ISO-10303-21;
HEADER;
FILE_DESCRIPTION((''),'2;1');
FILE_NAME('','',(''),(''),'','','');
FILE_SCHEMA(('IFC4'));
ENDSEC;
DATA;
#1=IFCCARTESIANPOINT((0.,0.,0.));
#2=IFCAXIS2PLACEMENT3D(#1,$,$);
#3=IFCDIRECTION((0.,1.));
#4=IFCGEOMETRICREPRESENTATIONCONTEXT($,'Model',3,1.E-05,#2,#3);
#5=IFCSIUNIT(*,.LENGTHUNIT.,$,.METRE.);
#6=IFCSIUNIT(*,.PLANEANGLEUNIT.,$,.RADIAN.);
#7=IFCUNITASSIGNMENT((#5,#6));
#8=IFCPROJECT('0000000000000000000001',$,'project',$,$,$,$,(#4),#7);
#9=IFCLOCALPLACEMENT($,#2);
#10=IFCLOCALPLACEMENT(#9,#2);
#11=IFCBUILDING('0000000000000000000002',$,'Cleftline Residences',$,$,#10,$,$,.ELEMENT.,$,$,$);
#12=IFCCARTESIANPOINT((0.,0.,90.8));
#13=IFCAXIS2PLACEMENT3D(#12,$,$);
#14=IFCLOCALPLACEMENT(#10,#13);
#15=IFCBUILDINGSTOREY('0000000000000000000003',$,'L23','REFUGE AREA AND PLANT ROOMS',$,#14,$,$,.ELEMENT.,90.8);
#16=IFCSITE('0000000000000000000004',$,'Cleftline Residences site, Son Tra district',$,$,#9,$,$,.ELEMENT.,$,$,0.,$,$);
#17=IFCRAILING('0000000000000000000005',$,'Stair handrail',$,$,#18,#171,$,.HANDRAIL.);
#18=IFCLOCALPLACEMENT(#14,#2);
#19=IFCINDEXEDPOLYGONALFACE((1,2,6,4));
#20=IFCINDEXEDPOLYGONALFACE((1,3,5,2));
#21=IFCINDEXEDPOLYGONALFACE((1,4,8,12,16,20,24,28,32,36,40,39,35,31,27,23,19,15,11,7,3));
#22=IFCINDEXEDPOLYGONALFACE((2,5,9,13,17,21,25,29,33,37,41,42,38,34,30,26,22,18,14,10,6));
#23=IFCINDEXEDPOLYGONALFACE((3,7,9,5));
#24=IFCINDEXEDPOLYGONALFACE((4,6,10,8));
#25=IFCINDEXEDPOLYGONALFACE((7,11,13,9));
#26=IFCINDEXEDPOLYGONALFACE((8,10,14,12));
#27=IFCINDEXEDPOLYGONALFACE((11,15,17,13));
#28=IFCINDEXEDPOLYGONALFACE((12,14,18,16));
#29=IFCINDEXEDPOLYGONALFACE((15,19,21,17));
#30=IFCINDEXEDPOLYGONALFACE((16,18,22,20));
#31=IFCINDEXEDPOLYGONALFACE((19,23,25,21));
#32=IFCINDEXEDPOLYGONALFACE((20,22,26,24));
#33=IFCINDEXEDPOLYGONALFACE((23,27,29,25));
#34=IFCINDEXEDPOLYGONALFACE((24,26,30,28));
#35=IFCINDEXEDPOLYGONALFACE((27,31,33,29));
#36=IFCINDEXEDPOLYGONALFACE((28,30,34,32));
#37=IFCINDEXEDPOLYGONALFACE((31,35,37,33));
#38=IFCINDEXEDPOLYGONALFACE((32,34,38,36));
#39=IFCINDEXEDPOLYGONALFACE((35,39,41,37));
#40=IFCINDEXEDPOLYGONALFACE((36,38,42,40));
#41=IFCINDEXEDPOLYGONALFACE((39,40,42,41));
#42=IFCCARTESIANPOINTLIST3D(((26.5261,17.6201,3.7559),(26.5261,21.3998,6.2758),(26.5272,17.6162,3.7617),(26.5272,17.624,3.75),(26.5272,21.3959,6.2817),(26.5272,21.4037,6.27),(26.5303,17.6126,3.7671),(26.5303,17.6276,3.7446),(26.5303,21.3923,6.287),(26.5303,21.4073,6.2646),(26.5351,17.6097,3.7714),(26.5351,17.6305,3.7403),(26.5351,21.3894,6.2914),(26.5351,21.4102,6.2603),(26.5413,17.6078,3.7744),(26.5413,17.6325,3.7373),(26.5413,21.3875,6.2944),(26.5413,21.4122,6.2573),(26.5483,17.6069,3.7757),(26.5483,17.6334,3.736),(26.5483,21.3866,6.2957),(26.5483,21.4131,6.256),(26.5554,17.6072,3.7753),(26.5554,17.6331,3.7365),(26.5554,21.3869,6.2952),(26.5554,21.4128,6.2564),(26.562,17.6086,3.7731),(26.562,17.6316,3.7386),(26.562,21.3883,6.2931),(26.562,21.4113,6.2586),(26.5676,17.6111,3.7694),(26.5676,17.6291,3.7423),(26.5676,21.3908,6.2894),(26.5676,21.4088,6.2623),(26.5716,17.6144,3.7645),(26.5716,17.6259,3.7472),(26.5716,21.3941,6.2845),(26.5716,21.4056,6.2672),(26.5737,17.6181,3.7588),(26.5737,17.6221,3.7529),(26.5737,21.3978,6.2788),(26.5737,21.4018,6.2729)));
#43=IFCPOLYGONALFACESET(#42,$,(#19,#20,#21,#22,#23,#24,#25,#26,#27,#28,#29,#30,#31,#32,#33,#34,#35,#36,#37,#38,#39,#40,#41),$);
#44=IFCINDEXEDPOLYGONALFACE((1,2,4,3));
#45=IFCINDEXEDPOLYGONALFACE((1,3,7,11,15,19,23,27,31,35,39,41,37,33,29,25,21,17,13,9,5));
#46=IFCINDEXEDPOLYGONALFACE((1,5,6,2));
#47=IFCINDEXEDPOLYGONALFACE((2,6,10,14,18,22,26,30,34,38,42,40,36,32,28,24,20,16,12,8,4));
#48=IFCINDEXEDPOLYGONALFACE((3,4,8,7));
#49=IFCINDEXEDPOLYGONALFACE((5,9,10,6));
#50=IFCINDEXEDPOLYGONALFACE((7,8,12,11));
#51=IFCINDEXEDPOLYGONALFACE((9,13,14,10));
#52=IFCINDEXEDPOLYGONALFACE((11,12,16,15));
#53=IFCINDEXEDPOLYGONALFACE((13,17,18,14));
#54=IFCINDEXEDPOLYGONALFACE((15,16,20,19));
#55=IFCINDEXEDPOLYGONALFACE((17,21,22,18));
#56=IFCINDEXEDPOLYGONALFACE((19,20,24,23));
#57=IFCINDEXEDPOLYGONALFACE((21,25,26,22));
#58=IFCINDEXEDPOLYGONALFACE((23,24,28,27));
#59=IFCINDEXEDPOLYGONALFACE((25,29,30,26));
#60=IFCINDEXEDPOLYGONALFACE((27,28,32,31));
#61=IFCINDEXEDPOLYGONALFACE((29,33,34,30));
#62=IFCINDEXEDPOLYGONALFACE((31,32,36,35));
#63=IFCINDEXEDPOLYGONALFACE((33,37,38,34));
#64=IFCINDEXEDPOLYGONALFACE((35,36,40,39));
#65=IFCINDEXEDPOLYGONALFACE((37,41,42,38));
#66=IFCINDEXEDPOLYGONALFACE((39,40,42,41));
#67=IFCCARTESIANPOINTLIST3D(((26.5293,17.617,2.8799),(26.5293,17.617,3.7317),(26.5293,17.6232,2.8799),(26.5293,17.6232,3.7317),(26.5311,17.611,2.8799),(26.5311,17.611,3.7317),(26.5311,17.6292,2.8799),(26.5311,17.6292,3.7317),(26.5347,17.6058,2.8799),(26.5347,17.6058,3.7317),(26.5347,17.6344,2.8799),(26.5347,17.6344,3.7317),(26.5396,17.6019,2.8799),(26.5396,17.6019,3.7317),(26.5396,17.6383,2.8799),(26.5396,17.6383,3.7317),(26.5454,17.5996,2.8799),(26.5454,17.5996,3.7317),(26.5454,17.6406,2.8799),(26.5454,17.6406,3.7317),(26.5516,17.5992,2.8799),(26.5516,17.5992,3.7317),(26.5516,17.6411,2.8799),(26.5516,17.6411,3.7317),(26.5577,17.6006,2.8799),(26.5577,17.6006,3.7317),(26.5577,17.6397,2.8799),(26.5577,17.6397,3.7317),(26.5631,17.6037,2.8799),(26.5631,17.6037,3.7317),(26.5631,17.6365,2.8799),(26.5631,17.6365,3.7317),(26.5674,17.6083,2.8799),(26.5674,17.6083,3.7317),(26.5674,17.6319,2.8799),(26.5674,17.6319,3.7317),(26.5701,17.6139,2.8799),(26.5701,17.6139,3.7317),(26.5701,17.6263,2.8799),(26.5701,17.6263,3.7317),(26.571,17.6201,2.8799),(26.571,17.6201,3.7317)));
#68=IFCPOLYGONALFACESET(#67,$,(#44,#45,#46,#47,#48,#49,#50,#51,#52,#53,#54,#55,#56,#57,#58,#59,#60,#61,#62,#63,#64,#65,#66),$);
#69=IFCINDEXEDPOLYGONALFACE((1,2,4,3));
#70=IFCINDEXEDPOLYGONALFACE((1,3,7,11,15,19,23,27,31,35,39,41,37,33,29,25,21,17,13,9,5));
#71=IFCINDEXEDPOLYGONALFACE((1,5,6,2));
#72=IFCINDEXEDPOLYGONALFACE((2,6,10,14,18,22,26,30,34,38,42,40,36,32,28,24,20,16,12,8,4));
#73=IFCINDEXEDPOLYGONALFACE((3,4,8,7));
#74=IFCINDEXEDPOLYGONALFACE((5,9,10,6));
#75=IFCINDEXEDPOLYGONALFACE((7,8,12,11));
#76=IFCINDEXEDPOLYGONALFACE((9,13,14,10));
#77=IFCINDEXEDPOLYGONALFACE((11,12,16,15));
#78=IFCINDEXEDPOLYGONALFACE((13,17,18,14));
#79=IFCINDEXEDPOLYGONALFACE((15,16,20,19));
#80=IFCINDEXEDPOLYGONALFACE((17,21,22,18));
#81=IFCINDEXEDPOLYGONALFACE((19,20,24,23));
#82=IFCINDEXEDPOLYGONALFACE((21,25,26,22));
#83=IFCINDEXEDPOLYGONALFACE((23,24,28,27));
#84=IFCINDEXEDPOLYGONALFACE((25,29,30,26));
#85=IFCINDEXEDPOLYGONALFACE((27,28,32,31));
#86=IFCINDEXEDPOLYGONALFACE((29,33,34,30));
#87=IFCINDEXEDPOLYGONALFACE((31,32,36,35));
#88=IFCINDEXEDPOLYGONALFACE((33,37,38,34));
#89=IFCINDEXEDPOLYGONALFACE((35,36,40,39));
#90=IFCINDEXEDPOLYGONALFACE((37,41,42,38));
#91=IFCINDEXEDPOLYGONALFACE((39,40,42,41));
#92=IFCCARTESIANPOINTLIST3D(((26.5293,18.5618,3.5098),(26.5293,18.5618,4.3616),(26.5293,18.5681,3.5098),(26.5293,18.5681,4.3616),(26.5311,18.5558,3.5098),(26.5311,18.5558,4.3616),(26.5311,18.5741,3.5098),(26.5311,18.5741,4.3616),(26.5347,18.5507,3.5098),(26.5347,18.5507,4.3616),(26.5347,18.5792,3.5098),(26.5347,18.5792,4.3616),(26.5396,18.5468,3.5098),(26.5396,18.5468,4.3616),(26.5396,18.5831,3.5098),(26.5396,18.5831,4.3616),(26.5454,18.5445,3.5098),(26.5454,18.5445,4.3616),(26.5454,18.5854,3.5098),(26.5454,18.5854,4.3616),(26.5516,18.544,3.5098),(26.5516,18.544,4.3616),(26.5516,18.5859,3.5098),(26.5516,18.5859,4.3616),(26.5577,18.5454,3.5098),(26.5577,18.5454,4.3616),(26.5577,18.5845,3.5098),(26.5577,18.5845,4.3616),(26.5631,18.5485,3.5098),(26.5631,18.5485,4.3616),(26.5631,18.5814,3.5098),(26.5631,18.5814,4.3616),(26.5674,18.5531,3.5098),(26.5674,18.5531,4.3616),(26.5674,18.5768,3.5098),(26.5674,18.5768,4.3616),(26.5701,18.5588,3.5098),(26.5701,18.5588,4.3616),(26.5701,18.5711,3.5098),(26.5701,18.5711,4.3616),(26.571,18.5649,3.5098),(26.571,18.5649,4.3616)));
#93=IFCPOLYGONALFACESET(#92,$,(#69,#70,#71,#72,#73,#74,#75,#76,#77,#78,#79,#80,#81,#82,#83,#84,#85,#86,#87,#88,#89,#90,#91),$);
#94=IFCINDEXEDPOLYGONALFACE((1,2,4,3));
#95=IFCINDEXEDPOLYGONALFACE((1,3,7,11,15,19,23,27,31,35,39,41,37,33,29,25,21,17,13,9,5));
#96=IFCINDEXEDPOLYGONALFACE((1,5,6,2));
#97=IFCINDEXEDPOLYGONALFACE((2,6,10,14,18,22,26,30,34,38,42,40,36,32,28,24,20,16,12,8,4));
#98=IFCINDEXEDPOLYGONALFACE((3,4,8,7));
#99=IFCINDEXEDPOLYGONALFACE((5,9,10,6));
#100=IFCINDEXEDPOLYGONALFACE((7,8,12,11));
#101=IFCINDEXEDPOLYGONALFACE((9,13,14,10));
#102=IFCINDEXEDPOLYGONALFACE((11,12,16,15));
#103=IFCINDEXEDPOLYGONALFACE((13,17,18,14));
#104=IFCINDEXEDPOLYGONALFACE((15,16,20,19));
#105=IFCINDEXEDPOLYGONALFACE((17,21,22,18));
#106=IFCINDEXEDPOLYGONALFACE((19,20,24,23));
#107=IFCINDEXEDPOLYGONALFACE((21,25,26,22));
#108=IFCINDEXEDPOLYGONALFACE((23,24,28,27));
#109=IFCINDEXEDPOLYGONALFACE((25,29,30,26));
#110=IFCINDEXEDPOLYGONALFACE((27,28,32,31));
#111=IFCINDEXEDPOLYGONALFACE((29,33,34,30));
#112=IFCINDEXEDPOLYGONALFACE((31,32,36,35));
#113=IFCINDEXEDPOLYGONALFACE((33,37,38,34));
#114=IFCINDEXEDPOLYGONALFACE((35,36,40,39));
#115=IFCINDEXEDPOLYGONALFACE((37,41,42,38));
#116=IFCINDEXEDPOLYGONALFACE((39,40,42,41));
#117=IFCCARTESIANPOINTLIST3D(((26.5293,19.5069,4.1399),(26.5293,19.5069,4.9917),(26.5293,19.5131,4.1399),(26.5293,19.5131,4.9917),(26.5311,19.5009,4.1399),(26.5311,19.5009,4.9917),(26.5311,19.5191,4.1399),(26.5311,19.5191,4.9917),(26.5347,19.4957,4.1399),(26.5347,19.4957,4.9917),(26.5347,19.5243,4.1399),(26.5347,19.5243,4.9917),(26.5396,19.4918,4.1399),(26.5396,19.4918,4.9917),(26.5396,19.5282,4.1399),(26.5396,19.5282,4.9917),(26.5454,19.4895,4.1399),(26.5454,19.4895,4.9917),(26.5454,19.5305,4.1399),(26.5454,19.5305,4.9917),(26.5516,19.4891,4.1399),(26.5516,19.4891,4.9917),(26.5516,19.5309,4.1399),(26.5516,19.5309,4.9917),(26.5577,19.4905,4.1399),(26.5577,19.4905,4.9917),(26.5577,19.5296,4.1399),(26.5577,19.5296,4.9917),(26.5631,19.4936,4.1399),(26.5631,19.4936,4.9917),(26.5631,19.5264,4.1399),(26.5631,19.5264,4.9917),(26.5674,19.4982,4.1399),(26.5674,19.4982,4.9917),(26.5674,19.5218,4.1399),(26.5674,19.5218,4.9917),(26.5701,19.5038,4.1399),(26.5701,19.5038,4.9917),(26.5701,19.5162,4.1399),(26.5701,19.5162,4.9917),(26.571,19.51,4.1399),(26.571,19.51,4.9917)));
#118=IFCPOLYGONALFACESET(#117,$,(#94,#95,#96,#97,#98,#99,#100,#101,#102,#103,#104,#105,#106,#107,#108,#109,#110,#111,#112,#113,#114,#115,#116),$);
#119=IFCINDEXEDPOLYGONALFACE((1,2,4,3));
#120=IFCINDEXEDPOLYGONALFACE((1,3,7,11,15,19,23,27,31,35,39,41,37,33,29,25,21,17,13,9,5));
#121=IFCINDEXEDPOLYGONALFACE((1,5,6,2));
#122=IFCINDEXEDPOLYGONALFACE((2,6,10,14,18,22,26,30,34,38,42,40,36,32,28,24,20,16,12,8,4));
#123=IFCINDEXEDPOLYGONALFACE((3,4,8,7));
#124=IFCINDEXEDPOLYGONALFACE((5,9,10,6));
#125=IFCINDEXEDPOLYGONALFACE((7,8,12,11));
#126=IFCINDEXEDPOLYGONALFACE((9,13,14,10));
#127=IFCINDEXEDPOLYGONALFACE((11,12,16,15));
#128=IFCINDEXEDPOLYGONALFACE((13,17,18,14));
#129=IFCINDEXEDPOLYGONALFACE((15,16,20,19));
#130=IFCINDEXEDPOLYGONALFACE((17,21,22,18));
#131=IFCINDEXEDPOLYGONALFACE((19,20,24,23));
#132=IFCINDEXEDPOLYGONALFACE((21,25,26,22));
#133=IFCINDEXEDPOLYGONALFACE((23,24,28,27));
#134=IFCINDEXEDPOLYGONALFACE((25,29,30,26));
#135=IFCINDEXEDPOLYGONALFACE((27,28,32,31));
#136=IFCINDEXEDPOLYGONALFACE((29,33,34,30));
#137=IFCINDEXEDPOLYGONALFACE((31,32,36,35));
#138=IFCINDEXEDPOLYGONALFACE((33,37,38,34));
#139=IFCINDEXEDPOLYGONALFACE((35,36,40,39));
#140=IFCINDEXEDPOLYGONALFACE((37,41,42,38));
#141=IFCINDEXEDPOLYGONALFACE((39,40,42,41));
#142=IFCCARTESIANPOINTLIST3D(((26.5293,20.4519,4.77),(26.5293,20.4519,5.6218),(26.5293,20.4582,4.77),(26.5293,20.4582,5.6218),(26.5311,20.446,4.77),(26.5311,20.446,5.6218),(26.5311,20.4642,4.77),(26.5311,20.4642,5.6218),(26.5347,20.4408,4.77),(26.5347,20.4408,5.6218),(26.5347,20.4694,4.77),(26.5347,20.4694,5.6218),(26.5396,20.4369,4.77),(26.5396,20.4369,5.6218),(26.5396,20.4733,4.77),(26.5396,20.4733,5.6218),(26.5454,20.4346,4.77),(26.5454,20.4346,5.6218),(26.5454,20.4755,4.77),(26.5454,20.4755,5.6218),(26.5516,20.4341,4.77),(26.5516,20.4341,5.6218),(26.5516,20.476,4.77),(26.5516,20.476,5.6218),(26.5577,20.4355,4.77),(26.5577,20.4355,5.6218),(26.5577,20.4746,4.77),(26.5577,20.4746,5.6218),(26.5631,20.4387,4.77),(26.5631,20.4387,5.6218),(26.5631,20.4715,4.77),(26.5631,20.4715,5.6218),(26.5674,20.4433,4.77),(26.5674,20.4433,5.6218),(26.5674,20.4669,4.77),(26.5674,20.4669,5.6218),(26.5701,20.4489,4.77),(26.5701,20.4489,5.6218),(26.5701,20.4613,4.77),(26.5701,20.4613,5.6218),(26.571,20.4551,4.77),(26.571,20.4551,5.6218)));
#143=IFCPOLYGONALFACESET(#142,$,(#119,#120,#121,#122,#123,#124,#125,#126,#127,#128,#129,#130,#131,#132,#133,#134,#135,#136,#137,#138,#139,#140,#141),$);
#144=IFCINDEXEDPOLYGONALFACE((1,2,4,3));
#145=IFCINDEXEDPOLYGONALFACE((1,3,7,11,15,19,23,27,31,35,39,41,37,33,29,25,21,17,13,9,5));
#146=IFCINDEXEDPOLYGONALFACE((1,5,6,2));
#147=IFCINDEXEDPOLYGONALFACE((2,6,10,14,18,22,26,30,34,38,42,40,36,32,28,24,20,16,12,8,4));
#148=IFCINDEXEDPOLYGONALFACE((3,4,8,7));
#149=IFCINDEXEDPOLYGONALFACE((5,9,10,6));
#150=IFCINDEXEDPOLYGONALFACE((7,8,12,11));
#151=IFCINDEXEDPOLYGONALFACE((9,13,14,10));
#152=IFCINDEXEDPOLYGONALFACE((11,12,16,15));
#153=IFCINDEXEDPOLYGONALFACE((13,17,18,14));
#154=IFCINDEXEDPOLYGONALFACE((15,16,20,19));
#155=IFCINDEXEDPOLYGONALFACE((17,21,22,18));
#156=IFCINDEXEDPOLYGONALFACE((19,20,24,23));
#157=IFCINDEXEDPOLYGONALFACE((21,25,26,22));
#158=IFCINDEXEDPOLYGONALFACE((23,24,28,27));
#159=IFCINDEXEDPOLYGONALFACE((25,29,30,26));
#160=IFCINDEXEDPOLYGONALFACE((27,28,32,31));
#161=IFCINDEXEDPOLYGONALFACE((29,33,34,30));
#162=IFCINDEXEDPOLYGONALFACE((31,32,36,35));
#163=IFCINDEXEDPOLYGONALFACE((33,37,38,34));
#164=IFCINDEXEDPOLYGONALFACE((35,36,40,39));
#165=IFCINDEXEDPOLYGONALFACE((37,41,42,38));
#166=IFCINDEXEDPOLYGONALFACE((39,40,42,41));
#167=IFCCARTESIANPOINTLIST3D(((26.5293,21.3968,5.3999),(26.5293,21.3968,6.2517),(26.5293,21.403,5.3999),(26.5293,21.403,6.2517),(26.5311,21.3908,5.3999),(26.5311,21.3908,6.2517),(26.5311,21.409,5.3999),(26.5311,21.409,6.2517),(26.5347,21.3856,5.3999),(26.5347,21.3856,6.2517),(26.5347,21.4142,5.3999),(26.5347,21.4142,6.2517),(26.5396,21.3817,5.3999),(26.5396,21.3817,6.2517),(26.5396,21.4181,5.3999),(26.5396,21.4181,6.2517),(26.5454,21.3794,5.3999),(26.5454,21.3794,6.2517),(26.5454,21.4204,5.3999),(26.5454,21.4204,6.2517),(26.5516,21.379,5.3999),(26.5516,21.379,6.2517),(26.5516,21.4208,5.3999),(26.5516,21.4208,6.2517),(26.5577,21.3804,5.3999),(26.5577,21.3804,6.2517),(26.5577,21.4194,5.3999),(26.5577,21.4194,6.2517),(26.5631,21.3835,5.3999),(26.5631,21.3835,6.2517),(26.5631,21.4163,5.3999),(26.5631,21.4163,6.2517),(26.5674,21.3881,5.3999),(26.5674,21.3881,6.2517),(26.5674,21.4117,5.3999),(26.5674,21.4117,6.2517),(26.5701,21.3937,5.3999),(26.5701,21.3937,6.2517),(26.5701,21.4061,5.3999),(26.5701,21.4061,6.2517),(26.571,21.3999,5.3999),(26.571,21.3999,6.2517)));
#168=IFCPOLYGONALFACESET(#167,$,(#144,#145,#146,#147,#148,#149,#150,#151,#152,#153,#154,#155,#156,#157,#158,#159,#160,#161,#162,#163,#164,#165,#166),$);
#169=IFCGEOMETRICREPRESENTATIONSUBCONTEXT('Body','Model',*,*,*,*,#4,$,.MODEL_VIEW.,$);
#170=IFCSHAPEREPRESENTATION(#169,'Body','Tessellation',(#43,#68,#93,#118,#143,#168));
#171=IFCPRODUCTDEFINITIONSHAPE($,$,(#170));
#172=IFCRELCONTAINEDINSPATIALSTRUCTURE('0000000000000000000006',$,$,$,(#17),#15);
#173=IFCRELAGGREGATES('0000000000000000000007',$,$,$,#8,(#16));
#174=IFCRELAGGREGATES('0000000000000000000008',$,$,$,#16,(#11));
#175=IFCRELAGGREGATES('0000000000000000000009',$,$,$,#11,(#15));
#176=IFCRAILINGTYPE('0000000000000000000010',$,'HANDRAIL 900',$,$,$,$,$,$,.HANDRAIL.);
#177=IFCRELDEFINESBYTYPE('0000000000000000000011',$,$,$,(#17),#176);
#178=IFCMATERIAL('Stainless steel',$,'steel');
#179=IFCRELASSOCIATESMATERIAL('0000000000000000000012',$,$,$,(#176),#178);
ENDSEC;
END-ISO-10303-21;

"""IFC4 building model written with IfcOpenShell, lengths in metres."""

from ifc_helpers import new_model, si_unit, direction, frame, origin, origin_2d, place, context, subcontext, project, spatial, circle, extrude, material, type_object, element, save


model = new_model("IFC4")

# Units and contexts
model_context = context("Model", 3, precision=1e-05, world=origin(), true_north=direction((0.0, 1.0)))
body_context = subcontext(model_context, "Body", "Model", "MODEL_VIEW")
ifc_project = project(units=[si_unit("LENGTHUNIT", "METRE"), si_unit("PLANEANGLEUNIT", "RADIAN")], contexts=[model_context])

# Site, building, storey
site_placement = place(None, origin())
site = spatial("IfcSite", under=ifc_project, at=site_placement, Name="Cleftline Residences site, Son Tra district", CompositionType="ELEMENT", RefElevation=0.0)
building_placement = place(site_placement, origin())
building = spatial("IfcBuilding", under=site, at=building_placement, Name="Cleftline Residences", CompositionType="ELEMENT")
storey_placement = place(building_placement, frame((0.0, 0.0, 90.8)))
storey = spatial("IfcBuildingStorey", under=building, at=storey_placement, Name="L23", Description="REFUGE AREA AND PLANT ROOMS", CompositionType="ELEMENT", Elevation=90.8)

# Railing
ifc_material_1 = material(Name="Stainless steel", Category="steel")
railing_type = type_object("IfcRailingType", Name="HANDRAIL 900", PredefinedType="HANDRAIL", material=ifc_material_1)
railing_1_placement = place(storey_placement, frame((26.55, 17.6201, 2.8799)))
element("IfcRailing", 1, at=railing_1_placement, inside=storey, type_object=railing_type, Name="Stair handrail", PredefinedType="HANDRAIL", context=body_context, shape_type="SweptSolid", body=[
    extrude(circle(Radius=0.0239, at=origin_2d()), frame((0.0, 0.0, 0.876), z_axis=(0.0, 0.832034, 0.554725), x_axis=(-1.0, 0.0, 0.0)), (0.0, 0.0, 1.0), 4.5427),
    extrude(circle(Radius=0.021, at=origin_2d()), origin(), (0.0, 0.0, 1.0), 0.8518),
    extrude(circle(Radius=0.021, at=origin_2d()), frame((0.0, 0.9448, 0.6299)), (0.0, 0.0, 1.0), 0.8518),
    extrude(circle(Radius=0.021, at=origin_2d()), frame((0.0, 1.8899, 1.26)), (0.0, 0.0, 1.0), 0.8518),
    extrude(circle(Radius=0.021, at=origin_2d()), frame((0.0, 2.835, 1.8901)), (0.0, 0.0, 1.0), 0.8518),
    extrude(circle(Radius=0.021, at=origin_2d()), frame((0.0, 3.7798, 2.52)), (0.0, 0.0, 1.0), 0.8518),
])

save(model, "model.ifc")
